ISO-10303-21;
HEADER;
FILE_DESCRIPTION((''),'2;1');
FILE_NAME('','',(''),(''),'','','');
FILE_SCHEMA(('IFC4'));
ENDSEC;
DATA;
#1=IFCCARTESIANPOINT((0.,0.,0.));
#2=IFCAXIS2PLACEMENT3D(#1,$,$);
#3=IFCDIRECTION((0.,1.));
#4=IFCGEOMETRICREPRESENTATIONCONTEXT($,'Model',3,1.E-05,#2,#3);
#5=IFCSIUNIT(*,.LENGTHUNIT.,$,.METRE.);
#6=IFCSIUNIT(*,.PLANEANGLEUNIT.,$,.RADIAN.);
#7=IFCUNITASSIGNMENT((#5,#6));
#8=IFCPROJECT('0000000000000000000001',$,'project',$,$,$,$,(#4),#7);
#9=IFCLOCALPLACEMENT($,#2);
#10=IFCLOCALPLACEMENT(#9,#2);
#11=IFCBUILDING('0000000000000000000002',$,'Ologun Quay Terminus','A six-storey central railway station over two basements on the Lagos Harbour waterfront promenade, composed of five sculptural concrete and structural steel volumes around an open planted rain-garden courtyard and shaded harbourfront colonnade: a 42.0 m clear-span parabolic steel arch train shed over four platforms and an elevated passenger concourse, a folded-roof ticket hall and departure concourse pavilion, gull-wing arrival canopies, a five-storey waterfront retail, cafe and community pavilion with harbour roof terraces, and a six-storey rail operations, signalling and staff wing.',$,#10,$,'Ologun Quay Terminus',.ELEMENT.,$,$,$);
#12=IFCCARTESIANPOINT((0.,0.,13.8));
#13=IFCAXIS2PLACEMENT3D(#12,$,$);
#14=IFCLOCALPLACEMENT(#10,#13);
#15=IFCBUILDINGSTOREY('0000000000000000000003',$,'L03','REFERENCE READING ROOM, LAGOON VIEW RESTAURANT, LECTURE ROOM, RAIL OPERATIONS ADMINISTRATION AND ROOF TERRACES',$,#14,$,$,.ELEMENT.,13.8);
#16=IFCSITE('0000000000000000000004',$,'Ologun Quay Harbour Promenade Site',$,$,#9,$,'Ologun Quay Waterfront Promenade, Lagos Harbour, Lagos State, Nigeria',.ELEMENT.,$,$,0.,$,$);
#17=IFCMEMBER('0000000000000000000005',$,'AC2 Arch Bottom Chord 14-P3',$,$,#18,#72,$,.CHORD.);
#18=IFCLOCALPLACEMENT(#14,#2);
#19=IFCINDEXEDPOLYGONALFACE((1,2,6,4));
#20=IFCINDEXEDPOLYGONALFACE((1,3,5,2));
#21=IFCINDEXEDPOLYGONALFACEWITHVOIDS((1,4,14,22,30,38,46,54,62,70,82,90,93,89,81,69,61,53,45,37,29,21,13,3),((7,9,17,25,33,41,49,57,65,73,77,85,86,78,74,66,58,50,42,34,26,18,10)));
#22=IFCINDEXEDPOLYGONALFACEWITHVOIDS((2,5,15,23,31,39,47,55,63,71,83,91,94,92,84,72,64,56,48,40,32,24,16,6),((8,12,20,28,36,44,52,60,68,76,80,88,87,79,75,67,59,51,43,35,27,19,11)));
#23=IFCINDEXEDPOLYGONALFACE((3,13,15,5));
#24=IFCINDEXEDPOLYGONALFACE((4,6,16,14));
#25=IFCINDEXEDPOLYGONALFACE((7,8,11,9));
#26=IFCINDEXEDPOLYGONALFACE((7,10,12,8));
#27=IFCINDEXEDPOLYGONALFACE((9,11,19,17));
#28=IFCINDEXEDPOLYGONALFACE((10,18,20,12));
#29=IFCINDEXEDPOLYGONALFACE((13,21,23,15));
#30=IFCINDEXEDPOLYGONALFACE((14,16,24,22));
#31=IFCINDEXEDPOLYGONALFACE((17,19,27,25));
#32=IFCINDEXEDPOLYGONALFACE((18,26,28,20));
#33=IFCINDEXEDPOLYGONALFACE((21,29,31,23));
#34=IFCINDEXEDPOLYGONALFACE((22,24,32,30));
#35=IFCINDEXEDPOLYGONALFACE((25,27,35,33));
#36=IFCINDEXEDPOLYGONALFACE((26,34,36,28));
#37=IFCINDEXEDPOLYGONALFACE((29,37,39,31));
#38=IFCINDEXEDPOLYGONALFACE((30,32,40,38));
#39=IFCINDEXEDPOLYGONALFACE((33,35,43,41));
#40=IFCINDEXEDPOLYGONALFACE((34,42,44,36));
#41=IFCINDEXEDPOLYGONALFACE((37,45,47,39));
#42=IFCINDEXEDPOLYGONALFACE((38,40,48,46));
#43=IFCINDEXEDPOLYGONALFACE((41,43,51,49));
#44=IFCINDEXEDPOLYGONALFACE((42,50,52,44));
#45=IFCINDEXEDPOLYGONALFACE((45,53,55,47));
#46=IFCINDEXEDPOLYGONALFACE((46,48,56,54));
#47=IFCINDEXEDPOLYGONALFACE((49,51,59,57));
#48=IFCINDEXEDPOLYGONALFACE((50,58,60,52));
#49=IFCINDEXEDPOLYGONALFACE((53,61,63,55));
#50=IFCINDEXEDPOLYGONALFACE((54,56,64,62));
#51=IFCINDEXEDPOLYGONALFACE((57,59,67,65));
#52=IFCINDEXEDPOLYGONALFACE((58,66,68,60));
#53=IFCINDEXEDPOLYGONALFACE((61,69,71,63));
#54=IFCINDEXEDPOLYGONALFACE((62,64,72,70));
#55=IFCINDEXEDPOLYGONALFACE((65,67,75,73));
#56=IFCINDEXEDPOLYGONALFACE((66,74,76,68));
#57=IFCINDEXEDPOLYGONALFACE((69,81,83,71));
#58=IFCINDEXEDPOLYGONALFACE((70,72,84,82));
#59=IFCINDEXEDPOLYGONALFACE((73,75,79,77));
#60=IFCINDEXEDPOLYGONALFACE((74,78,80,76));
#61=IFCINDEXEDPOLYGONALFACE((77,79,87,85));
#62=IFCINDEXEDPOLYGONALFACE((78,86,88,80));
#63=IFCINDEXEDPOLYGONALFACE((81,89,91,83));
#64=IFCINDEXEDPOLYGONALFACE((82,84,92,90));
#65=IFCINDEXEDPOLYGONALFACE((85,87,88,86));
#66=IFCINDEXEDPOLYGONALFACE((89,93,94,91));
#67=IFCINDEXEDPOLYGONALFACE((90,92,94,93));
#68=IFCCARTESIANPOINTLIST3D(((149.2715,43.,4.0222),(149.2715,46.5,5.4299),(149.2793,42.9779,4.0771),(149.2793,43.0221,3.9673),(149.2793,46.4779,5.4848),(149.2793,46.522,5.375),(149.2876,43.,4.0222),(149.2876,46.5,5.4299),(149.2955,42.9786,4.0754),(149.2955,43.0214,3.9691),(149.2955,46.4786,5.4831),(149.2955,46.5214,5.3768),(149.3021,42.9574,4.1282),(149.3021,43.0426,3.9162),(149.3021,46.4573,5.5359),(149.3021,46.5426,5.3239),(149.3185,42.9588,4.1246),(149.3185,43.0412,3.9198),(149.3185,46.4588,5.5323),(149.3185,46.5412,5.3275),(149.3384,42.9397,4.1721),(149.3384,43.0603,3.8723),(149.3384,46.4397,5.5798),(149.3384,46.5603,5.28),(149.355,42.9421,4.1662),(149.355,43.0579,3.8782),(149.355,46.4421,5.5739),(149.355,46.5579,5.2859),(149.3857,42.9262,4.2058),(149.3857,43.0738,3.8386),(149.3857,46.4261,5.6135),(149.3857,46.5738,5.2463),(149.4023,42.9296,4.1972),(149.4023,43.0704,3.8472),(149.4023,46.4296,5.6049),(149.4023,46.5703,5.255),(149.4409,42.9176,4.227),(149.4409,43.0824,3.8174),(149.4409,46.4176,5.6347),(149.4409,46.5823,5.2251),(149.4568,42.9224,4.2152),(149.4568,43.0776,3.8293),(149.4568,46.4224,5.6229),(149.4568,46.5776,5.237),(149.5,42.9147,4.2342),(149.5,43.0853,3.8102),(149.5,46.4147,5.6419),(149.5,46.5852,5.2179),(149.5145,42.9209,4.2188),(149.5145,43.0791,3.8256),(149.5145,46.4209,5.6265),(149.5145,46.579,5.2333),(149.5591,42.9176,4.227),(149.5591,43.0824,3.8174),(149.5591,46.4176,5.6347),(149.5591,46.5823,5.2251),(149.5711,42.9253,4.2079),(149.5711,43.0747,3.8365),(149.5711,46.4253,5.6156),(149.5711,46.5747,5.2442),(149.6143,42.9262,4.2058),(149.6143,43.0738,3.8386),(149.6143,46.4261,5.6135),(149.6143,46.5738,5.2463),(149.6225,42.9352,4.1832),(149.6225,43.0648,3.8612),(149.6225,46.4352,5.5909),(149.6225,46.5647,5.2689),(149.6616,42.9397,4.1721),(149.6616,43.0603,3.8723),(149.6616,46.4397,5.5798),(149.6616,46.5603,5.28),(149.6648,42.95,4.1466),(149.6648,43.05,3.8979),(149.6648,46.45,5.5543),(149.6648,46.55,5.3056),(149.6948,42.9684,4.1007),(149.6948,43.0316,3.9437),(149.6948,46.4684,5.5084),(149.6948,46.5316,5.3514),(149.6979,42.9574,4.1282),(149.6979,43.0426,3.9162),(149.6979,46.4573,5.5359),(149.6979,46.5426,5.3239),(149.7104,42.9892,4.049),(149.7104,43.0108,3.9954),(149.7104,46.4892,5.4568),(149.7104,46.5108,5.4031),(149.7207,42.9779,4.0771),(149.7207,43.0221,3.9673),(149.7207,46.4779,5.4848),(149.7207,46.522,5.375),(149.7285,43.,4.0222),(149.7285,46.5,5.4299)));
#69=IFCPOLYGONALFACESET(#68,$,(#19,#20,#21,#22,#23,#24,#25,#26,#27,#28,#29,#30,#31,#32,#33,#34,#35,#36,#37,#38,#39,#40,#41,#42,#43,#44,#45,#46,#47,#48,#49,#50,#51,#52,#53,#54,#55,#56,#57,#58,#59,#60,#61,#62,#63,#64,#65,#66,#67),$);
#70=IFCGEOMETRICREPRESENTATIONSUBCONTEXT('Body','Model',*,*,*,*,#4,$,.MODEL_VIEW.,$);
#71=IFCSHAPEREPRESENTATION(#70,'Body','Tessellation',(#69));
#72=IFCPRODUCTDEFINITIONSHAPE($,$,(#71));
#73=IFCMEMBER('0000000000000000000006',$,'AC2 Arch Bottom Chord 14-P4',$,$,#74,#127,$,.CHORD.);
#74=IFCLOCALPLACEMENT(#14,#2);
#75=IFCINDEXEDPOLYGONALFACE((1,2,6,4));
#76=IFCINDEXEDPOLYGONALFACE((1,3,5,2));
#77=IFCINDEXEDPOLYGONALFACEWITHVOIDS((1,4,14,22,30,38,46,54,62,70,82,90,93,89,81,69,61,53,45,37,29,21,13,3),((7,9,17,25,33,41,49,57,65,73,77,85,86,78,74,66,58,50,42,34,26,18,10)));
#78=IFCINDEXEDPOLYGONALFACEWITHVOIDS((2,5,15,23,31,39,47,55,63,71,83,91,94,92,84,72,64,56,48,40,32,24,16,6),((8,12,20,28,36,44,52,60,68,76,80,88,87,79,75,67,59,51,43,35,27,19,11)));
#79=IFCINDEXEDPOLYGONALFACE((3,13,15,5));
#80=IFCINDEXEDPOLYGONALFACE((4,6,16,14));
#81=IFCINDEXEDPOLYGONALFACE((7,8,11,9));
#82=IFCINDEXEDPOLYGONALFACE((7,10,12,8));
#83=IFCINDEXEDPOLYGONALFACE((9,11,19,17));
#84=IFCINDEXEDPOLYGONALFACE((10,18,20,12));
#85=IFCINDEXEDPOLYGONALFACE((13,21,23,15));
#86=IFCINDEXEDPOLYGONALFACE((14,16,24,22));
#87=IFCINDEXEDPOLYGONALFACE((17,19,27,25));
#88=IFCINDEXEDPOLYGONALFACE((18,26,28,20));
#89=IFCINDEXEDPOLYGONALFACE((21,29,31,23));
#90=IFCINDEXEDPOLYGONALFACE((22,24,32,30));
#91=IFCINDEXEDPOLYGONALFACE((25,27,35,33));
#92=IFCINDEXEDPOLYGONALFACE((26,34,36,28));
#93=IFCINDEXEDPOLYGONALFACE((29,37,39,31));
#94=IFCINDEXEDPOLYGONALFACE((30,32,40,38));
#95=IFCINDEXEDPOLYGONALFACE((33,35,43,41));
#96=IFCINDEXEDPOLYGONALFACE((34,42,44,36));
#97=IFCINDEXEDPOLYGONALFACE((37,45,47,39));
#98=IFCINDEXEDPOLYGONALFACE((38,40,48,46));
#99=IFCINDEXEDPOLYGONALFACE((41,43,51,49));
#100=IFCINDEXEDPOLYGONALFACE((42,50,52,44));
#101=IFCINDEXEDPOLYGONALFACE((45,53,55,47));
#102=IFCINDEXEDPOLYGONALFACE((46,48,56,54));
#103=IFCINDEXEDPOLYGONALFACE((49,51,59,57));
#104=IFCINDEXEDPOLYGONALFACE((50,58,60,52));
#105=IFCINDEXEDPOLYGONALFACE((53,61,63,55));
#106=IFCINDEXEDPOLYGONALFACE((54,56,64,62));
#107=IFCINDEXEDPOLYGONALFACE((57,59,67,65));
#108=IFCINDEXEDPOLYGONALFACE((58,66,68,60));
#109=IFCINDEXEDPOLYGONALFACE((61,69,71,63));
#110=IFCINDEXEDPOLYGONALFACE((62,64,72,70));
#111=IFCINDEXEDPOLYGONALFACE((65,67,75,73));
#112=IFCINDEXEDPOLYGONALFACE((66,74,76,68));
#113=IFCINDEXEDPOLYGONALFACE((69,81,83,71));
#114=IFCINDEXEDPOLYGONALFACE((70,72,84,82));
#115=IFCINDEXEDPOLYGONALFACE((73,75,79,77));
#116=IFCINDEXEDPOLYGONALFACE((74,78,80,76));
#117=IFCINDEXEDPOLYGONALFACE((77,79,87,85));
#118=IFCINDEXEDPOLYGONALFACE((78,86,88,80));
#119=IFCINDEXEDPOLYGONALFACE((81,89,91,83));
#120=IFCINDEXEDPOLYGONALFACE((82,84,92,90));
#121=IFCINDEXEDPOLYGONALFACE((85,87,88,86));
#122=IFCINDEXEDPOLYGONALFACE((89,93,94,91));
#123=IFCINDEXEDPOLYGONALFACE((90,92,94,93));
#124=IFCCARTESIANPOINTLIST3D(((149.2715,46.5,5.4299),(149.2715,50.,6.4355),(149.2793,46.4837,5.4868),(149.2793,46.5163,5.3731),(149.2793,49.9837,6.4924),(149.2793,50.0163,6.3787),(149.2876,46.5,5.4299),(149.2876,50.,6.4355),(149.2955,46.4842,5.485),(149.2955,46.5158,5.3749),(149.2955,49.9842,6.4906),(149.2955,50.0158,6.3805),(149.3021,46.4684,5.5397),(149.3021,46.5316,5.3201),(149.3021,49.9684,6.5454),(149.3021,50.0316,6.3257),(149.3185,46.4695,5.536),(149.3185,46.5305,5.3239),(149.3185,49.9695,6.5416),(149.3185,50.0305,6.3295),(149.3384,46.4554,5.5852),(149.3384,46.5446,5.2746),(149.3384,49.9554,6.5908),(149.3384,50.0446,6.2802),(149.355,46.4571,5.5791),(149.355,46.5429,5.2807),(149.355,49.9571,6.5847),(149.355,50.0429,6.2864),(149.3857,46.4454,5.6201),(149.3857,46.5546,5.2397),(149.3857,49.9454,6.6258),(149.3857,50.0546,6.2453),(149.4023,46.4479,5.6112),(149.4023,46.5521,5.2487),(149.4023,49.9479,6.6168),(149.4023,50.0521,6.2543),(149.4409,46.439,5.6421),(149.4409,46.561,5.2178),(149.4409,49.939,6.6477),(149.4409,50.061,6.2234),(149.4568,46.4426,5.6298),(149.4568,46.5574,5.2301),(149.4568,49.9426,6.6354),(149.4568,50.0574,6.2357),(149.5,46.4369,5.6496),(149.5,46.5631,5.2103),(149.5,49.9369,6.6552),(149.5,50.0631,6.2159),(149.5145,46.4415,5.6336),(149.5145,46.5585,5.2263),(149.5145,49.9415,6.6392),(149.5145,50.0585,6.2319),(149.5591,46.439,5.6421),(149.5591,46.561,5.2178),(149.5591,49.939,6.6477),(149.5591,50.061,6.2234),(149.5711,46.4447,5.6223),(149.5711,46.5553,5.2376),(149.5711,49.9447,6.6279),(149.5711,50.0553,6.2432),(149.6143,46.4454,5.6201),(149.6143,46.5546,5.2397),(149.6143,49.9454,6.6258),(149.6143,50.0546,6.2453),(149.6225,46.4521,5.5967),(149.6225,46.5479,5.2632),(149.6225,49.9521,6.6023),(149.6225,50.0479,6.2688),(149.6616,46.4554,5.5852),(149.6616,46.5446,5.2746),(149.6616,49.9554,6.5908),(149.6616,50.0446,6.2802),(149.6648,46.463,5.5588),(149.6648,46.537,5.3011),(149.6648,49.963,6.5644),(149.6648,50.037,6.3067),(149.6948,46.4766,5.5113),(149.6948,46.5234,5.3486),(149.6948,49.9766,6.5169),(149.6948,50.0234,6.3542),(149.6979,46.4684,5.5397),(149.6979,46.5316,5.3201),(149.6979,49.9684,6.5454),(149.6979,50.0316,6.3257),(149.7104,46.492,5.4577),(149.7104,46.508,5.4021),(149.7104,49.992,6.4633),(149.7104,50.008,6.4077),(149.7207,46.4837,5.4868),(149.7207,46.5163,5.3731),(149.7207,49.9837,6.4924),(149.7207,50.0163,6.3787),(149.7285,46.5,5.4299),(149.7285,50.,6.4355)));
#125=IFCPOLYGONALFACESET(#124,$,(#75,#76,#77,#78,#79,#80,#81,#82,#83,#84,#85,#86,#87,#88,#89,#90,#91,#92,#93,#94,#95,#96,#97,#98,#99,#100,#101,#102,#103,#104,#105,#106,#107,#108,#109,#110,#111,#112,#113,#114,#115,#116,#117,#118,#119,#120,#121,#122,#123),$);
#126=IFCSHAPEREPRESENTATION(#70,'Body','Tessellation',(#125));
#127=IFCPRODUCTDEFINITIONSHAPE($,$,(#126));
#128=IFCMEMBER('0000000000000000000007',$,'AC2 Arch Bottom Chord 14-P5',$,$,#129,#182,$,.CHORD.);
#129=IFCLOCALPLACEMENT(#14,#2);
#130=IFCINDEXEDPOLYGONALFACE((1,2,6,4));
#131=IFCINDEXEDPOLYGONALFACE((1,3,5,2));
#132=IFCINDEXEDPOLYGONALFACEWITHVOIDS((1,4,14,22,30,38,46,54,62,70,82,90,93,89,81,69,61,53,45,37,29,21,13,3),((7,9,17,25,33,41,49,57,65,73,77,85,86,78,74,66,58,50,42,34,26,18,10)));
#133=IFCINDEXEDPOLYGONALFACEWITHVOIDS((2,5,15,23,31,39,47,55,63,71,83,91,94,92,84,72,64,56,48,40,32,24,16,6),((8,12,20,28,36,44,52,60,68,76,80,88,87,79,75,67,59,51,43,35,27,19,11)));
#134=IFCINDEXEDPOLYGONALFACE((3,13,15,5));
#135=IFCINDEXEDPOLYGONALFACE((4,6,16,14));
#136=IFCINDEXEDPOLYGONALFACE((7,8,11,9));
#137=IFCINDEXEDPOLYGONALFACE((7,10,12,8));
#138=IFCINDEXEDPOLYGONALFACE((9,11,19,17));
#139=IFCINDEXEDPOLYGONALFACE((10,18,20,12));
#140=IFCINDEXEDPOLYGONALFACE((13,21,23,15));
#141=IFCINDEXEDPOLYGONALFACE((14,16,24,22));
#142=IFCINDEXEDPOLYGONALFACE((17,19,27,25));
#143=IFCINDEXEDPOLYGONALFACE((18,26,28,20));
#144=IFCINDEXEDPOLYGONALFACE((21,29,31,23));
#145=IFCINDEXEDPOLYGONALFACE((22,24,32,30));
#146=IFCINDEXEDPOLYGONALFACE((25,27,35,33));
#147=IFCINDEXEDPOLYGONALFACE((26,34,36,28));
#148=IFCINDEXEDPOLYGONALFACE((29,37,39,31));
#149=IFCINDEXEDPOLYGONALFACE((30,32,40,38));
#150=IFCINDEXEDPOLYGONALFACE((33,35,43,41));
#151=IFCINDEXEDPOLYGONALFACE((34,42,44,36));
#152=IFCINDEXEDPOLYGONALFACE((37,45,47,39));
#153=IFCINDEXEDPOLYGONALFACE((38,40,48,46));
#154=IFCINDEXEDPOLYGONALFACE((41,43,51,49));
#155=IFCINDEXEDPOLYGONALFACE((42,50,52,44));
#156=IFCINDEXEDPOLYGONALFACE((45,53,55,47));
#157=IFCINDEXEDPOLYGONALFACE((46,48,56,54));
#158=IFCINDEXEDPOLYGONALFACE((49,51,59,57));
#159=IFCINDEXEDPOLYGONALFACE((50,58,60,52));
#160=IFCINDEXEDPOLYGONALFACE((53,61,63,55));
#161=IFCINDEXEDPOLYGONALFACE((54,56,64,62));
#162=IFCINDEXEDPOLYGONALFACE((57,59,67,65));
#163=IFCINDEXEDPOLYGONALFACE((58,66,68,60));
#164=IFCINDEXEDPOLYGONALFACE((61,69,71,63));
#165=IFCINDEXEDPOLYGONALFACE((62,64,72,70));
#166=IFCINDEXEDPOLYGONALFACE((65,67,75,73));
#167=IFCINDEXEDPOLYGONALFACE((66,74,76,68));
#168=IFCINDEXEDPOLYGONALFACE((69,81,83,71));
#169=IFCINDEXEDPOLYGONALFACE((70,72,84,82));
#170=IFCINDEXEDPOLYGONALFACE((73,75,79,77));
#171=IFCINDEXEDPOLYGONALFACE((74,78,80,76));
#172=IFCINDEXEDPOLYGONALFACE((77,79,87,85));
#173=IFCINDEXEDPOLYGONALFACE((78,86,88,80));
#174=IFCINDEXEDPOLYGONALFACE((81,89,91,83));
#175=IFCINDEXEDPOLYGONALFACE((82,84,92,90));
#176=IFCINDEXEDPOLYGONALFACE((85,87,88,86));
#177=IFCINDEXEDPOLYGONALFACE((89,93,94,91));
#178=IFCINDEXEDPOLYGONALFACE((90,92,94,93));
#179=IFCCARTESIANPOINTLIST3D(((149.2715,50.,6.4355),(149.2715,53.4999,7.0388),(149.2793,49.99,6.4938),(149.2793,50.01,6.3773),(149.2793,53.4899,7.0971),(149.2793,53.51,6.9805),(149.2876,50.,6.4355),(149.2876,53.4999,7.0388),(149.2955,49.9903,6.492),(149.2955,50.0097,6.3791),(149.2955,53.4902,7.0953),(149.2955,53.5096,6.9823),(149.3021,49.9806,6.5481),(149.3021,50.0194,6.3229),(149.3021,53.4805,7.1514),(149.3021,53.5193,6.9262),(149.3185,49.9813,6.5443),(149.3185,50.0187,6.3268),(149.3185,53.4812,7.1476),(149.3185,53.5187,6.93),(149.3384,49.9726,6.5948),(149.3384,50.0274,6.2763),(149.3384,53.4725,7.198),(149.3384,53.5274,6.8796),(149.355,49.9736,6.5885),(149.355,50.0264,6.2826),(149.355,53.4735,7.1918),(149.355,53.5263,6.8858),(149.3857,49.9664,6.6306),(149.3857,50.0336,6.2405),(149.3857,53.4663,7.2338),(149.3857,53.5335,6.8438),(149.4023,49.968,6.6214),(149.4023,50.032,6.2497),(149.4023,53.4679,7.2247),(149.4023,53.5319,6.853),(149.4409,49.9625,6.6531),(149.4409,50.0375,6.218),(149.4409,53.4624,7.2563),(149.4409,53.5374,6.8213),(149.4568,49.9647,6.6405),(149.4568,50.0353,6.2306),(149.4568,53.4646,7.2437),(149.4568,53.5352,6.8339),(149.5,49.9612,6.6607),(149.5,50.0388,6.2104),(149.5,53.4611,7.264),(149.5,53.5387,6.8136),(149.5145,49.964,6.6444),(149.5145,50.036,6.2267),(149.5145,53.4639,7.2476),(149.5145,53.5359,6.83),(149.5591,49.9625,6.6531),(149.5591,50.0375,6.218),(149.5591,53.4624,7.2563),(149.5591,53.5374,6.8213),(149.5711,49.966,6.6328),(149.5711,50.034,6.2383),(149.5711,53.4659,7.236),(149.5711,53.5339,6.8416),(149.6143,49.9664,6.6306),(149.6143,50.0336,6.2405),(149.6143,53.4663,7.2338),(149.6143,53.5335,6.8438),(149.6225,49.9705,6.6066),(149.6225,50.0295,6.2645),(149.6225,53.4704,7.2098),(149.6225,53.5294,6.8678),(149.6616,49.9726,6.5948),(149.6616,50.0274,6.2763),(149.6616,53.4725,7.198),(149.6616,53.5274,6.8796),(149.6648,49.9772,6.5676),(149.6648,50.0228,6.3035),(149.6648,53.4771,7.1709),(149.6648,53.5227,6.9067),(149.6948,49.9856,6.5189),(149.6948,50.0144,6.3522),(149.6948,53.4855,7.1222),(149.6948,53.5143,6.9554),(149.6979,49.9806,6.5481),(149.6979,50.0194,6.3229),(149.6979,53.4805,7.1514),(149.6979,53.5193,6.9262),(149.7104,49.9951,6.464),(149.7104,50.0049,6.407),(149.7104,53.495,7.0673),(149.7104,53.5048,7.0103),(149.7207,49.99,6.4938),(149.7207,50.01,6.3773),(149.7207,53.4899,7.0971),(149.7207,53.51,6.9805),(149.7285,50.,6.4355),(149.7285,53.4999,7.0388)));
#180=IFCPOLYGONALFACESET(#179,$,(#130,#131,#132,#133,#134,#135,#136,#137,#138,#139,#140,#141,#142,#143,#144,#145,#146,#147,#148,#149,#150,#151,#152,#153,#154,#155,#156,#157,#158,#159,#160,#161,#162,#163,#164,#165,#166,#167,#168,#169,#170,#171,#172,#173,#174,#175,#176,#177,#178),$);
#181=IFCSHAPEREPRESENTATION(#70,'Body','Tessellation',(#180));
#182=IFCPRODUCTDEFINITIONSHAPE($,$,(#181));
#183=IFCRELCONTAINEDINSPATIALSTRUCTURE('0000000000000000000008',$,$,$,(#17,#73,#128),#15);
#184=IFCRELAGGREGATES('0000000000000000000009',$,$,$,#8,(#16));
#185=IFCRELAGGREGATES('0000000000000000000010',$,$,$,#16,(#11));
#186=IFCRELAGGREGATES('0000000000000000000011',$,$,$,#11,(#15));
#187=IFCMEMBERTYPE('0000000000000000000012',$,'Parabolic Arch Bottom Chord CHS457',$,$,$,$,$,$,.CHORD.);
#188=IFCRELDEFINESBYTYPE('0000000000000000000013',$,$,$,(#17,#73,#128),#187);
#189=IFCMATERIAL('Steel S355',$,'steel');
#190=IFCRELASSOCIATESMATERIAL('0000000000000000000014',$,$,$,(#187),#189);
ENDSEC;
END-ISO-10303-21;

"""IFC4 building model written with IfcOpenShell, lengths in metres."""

from ifc_helpers import new_model, si_unit, direction, frame, origin, origin_2d, place, context, subcontext, project, spatial, hollow_circle, extrude, material, material_profile, profile_set, type_object, element, save


model = new_model("IFC4")

# Units and contexts
model_context = context("Model", 3, precision=1e-05, world=origin(), true_north=direction((0.0, 1.0)))
body_context = subcontext(model_context, "Body", "Model", "MODEL_VIEW")
ifc_project = project(units=[si_unit("LENGTHUNIT", "METRE"), si_unit("PLANEANGLEUNIT", "RADIAN")], contexts=[model_context])

# Site, building, storey
site_placement = place(None, origin())
site = spatial("IfcSite", under=ifc_project, at=site_placement, Name="Ologun Quay Harbour Promenade Site", LongName="Ologun Quay Waterfront Promenade, Lagos Harbour, Lagos State, Nigeria", CompositionType="ELEMENT", RefElevation=0.0)
building_placement = place(site_placement, origin())
building = spatial("IfcBuilding", under=site, at=building_placement, Name="Ologun Quay Terminus", Description="A six-storey central railway station over two basements on the Lagos Harbour waterfront promenade, composed of five sculptural concrete and structural steel volumes around an open planted rain-garden courtyard and shaded harbourfront colonnade: a 42.0 m clear-span parabolic steel arch train shed over four platforms and an elevated passenger concourse, a folded-roof ticket hall and departure concourse pavilion, gull-wing arrival canopies, a five-storey waterfront retail, cafe and community pavilion with harbour roof terraces, and a six-storey rail operations, signalling and staff wing.", LongName="Ologun Quay Terminus", CompositionType="ELEMENT")
storey_placement = place(building_placement, frame((0.0, 0.0, 13.8)))
storey = spatial("IfcBuildingStorey", under=building, at=storey_placement, Name="L03", Description="REFERENCE READING ROOM, LAGOON VIEW RESTAURANT, LECTURE ROOM, RAIL OPERATIONS ADMINISTRATION AND ROOF TERRACES", CompositionType="ELEMENT", Elevation=13.8)

# Members
ifc_material_1 = material(Name="Steel S355", Category="steel")
ifc_material_profile_1 = material_profile(ifc_material_1, hollow_circle(Radius=0.2285, WallThickness=0.0161, at=origin_2d()), Name="CHS 457x16")
ifc_profile_set_1 = profile_set([ifc_material_profile_1], Name="Steel S355")
member_type_1 = type_object("IfcMemberType", Name="Parabolic Arch Bottom Chord CHS457", PredefinedType="CHORD", material=ifc_profile_set_1)
member_1_placement = place(storey_placement, frame((149.5, 43.0, 4.0222), z_axis=(0.0, 0.92777, 0.373153), x_axis=(-1.0, 0.0, 0.0)))
element("IfcMember", 1, at=member_1_placement, inside=storey, type_object=member_type_1, Name="AC2 Arch Bottom Chord 14-P3", PredefinedType="CHORD", context=body_context, shape_type="SweptSolid", body=[
    extrude(hollow_circle(Radius=0.2285, WallThickness=0.0161, at=origin_2d()), origin(), (0.0, 0.0, 1.0), 3.7725),
])
member_2_placement = place(storey_placement, frame((149.5, 46.5, 5.4299), z_axis=(0.0, 0.961116, 0.276146), x_axis=(-1.0, 0.0, 0.0)))
element("IfcMember", 2, at=member_2_placement, inside=storey, type_object=member_type_1, Name="AC2 Arch Bottom Chord 14-P4", PredefinedType="CHORD", context=body_context, shape_type="SweptSolid", body=[
    extrude(hollow_circle(Radius=0.2285, WallThickness=0.0161, at=origin_2d()), origin(), (0.0, 0.0, 1.0), 3.6416),
])
member_3_placement = place(storey_placement, frame((149.5, 50.0, 6.4355), z_axis=(0.0, 0.985468, 0.169859), x_axis=(-1.0, 0.0, 0.0)))
element("IfcMember", 3, at=member_3_placement, inside=storey, type_object=member_type_1, Name="AC2 Arch Bottom Chord 14-P5", PredefinedType="CHORD", context=body_context, shape_type="SweptSolid", body=[
    extrude(hollow_circle(Radius=0.2285, WallThickness=0.0161, at=origin_2d()), origin(), (0.0, 0.0, 1.0), 3.5515),
])

save(model, "model.ifc")
